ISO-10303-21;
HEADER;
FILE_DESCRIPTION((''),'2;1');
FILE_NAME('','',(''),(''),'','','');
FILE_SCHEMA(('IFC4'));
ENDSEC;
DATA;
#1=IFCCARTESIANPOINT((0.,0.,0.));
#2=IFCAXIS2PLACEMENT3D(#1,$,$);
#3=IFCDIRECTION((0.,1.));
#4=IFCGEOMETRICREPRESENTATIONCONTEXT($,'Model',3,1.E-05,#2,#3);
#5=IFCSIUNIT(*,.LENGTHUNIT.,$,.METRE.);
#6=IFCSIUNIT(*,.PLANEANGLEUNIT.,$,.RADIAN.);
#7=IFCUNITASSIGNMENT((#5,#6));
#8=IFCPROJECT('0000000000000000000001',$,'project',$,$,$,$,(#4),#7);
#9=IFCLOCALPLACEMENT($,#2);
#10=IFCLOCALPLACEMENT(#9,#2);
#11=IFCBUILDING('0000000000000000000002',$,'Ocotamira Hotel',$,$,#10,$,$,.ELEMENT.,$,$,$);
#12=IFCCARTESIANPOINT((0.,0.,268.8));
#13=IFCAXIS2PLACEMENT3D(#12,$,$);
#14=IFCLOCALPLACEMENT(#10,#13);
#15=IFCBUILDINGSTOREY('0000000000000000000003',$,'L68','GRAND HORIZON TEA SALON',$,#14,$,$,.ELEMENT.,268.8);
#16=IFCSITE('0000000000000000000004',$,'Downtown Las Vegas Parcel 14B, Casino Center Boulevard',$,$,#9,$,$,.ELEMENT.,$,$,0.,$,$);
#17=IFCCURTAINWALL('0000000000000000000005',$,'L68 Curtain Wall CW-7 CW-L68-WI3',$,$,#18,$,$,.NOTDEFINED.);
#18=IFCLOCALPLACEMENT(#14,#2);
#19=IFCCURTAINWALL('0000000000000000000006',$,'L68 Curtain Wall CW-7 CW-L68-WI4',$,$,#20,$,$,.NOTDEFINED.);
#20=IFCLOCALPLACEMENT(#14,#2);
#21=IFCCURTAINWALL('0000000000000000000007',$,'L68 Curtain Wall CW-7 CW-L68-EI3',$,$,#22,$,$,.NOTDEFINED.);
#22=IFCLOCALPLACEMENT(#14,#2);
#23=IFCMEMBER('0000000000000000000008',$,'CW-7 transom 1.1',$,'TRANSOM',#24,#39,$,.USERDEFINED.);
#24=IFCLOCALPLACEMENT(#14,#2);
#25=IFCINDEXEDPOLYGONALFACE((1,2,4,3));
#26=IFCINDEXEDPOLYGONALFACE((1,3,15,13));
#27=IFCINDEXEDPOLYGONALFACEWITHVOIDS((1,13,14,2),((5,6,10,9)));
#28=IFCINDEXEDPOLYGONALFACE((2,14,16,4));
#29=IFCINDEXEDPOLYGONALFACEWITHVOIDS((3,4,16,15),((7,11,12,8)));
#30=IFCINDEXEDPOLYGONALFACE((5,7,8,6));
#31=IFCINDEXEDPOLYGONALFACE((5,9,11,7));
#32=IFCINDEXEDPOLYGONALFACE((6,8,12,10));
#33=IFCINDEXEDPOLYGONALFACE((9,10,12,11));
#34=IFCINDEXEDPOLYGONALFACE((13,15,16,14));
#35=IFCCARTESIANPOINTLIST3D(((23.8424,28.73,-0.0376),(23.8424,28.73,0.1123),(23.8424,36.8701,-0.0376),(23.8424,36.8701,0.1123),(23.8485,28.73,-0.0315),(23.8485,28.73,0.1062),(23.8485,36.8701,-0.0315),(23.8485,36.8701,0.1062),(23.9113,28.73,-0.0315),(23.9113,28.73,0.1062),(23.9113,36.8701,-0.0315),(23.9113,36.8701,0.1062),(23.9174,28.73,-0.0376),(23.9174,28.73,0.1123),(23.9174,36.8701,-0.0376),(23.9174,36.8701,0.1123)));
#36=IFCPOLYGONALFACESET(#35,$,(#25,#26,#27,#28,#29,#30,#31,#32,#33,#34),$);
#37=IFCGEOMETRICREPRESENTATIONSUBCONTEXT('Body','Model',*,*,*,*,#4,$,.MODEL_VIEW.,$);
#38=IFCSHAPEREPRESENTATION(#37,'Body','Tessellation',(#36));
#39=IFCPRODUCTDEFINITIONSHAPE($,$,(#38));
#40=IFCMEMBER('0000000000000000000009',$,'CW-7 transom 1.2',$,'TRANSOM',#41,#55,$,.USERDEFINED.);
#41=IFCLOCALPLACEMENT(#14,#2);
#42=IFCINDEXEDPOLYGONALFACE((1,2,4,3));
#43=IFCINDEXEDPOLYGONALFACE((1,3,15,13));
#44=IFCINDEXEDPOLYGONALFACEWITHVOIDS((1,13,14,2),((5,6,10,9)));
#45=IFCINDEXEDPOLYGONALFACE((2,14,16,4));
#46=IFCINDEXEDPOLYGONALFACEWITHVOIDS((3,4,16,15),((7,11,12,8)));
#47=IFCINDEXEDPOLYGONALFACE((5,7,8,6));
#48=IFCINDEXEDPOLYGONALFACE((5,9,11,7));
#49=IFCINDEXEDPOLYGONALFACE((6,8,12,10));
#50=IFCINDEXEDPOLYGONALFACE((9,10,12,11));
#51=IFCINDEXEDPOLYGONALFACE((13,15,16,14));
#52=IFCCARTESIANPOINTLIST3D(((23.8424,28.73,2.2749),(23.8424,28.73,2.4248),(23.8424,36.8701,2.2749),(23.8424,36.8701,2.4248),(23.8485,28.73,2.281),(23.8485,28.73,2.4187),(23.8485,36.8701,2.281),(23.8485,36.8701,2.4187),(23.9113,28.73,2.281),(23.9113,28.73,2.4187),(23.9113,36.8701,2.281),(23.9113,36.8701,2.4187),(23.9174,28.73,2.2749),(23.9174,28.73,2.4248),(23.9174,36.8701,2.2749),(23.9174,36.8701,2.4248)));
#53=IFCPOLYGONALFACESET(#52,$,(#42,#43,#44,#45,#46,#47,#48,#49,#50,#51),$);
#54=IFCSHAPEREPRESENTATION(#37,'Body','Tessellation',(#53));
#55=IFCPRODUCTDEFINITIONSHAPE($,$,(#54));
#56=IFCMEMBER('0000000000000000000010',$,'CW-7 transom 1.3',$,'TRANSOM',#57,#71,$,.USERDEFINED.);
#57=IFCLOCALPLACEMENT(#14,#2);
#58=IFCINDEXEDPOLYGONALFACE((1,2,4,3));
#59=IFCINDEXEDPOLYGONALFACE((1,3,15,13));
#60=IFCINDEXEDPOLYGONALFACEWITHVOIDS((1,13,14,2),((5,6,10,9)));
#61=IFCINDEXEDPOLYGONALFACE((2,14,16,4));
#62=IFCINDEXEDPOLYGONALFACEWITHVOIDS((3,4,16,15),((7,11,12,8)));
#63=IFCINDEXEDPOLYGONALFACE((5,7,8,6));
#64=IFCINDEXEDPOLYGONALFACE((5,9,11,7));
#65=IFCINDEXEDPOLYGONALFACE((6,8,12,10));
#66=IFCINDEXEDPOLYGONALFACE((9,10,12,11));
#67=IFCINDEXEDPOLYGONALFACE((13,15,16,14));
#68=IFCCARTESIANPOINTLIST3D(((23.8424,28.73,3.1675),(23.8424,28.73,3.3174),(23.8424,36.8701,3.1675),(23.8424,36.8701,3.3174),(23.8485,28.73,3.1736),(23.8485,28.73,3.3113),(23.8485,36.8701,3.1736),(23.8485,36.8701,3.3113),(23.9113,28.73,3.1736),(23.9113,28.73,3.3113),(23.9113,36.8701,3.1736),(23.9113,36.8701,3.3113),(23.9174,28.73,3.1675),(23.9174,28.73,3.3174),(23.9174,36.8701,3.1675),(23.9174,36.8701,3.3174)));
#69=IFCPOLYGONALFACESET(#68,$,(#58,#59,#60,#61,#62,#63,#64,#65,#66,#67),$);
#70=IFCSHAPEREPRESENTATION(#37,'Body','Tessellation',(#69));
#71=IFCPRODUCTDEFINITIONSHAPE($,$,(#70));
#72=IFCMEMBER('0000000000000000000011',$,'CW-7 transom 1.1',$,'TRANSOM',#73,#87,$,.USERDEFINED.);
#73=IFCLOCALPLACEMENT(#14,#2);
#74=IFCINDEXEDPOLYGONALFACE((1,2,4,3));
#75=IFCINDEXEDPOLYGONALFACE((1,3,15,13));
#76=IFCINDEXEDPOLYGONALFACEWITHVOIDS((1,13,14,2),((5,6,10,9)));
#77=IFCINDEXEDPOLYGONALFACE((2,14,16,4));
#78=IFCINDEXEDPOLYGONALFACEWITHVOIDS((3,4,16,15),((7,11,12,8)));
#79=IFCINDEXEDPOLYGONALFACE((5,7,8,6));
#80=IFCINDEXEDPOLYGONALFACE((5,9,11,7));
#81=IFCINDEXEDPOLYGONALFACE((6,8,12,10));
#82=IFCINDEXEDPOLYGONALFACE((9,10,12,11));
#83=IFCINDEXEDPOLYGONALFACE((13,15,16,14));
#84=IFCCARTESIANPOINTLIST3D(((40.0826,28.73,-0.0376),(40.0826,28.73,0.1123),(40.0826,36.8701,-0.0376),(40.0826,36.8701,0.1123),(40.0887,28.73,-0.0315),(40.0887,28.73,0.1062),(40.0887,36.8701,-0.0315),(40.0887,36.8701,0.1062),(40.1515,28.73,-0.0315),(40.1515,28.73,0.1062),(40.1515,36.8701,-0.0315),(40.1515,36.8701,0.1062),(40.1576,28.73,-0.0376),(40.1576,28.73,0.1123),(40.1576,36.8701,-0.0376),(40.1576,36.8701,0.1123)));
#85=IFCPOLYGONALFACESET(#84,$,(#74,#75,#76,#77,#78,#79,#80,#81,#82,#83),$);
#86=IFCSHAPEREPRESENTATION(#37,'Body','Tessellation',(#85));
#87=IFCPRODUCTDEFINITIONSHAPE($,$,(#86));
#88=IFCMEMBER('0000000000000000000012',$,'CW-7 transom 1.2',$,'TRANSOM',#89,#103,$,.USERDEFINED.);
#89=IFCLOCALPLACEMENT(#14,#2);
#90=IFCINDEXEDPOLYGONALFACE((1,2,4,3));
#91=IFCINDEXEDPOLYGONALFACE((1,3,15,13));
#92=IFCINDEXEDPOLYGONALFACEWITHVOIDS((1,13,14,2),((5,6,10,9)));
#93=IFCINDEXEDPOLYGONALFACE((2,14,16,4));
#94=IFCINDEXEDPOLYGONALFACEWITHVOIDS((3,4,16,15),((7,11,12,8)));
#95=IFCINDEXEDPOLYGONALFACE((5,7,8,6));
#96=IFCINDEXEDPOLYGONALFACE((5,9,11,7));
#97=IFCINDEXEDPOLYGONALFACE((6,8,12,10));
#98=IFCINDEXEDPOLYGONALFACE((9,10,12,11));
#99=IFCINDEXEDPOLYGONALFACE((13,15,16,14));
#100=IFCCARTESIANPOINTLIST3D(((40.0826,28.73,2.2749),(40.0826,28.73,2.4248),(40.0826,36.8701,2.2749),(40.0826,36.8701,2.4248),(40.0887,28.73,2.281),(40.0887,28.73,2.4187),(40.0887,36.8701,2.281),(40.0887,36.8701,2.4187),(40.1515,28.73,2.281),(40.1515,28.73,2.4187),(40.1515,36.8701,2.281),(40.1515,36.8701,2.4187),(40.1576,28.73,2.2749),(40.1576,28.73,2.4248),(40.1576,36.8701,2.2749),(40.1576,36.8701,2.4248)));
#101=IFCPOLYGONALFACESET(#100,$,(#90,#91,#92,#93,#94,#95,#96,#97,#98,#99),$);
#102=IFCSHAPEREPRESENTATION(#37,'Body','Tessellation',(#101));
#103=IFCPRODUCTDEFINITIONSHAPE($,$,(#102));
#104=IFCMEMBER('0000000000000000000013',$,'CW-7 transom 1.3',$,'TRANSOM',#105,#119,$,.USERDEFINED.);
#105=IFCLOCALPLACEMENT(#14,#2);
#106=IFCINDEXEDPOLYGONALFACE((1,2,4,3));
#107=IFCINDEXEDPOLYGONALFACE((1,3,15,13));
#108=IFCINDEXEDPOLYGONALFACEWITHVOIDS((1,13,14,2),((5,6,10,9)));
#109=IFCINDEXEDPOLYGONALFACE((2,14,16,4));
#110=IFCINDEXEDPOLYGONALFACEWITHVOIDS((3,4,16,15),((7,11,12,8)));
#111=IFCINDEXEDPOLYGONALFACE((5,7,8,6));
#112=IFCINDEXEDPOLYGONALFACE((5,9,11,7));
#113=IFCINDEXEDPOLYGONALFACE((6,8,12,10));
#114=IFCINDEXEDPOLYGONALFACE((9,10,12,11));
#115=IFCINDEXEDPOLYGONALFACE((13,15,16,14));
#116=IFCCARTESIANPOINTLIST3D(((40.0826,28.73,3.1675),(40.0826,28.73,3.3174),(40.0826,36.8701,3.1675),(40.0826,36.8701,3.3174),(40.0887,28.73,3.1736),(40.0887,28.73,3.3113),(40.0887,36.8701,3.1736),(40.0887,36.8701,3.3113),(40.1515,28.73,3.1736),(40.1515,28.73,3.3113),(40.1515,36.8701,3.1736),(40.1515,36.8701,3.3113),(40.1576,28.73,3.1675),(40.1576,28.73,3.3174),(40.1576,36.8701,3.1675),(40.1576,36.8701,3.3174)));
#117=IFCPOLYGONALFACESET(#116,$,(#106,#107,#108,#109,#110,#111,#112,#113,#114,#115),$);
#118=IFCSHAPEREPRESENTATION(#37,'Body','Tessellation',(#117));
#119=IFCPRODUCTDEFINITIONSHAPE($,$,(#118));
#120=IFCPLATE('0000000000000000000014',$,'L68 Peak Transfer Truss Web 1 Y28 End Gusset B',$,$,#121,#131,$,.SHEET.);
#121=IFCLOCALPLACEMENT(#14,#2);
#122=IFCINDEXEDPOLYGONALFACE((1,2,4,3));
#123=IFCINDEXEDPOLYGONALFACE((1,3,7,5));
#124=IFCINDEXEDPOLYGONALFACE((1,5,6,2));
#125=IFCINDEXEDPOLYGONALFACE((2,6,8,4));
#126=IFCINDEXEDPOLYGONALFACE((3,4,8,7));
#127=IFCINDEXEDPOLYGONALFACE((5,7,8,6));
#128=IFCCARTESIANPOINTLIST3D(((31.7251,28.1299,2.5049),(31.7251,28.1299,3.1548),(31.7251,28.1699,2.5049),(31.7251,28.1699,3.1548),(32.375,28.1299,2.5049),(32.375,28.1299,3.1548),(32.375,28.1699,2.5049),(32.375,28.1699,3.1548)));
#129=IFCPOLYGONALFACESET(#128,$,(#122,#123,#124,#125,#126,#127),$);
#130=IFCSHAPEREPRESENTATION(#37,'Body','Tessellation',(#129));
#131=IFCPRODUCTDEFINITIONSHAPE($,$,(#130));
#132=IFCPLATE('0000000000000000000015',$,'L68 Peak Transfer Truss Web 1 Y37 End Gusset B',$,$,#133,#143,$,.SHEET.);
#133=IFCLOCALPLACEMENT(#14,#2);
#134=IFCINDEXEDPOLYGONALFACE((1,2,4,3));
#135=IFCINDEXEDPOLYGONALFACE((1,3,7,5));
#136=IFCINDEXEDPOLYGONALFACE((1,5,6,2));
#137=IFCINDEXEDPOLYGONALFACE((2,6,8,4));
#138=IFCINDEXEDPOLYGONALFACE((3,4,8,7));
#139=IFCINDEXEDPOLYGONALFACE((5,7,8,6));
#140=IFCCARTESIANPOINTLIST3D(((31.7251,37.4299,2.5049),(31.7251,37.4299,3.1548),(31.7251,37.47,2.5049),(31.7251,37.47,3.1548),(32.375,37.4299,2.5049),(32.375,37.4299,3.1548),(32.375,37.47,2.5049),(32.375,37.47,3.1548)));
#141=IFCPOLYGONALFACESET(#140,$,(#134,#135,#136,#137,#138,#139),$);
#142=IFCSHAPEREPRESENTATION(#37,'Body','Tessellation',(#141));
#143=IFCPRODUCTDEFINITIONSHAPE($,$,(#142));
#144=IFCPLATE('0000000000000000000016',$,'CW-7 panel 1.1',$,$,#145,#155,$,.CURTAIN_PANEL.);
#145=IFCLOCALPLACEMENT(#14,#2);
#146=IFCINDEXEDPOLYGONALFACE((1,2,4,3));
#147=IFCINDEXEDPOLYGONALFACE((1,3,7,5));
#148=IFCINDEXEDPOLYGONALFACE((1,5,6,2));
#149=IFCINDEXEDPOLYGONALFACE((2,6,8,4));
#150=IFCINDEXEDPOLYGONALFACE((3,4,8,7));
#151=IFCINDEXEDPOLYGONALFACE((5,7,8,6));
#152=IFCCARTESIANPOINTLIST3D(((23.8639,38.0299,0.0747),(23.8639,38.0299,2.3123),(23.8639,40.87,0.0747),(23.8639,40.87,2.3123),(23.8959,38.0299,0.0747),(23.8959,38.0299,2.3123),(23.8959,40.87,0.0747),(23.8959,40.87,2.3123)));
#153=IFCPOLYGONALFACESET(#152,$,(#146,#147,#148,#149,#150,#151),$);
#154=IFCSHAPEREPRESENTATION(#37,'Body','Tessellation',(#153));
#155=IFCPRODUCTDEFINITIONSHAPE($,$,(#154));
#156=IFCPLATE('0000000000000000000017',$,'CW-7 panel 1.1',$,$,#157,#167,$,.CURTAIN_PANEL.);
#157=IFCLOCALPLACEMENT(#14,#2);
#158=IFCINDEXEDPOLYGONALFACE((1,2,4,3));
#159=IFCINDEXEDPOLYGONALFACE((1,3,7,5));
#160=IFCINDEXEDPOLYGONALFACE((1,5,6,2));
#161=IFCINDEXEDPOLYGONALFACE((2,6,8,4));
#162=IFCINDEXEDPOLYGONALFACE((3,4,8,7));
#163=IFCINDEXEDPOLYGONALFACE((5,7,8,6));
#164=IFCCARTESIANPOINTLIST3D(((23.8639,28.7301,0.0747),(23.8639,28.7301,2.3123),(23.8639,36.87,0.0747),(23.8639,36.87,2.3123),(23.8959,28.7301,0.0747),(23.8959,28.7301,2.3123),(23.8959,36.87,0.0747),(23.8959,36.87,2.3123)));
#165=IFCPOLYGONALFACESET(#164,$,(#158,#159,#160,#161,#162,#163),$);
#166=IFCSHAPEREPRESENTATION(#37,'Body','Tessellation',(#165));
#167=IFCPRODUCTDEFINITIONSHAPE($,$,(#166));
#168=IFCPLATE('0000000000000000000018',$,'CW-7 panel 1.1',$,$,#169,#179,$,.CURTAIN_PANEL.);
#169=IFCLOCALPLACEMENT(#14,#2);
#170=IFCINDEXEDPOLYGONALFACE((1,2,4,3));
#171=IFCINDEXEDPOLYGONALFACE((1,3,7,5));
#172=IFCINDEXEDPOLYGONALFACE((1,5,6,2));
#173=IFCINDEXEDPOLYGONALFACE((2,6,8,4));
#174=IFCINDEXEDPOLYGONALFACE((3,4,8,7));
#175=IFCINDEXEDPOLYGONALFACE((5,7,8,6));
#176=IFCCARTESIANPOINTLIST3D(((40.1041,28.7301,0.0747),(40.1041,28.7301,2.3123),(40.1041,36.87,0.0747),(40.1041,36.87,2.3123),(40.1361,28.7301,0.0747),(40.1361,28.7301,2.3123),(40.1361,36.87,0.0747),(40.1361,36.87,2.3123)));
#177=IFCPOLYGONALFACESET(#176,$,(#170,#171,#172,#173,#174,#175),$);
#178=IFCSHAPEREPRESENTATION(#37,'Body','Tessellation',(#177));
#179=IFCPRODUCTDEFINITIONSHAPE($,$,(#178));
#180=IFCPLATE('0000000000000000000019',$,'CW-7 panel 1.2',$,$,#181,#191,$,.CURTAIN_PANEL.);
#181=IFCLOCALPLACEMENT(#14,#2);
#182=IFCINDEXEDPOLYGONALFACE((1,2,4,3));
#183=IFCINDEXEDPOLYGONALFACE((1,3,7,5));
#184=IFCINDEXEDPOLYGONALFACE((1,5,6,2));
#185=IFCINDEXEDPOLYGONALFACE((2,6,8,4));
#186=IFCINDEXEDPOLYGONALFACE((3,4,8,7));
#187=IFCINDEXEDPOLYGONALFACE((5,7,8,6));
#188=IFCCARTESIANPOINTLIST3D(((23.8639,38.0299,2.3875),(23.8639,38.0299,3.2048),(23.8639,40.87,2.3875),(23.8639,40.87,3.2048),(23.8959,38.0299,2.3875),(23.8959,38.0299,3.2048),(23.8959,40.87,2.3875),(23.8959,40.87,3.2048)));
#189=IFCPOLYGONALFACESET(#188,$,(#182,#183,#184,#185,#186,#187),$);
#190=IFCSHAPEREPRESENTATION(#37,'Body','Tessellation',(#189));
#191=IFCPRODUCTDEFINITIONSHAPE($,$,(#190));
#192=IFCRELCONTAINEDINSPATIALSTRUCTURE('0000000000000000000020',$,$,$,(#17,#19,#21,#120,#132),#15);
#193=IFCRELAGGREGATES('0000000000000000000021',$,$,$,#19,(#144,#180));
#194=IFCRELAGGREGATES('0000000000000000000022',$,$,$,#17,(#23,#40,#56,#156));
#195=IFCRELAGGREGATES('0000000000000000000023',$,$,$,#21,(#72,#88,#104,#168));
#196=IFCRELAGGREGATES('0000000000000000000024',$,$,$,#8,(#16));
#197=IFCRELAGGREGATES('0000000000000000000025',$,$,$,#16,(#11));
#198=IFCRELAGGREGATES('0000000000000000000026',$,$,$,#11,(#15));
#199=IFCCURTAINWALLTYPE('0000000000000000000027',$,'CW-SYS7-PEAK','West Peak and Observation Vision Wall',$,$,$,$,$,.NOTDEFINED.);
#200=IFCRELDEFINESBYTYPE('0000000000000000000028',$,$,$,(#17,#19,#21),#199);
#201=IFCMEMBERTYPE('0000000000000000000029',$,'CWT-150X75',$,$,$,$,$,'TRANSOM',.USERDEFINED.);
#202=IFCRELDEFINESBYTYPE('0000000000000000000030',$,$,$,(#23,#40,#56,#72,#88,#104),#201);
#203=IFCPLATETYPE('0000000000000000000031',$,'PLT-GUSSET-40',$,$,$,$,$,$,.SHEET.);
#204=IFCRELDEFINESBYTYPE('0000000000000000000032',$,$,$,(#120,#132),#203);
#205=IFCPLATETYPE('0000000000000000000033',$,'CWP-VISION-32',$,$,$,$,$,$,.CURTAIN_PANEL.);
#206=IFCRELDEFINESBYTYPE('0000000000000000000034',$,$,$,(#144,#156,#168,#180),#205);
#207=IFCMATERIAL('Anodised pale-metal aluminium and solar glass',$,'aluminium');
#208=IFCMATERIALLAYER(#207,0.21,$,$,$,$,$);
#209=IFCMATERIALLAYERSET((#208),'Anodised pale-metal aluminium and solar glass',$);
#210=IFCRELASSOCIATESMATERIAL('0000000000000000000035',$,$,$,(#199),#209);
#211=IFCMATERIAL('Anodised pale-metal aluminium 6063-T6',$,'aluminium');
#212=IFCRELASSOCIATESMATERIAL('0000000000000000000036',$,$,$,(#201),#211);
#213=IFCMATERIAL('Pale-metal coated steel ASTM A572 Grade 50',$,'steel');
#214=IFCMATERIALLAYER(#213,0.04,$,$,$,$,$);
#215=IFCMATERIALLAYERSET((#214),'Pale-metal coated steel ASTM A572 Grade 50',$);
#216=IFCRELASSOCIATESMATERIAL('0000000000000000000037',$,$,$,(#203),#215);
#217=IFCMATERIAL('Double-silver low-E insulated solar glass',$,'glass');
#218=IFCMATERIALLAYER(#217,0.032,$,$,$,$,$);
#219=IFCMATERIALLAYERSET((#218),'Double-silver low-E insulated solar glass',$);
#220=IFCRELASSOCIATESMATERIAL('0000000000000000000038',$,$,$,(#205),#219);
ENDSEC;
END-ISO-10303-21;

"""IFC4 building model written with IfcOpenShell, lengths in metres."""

from ifc_helpers import new_model, si_unit, direction, frame, origin, origin_2d, place, context, subcontext, project, spatial, rectangle, hollow_rectangle, extrude, source, transform, mapped, material, layer, layer_set, material_profile, profile_set, type_object, element, aggregate, save


model = new_model("IFC4")

# Units and contexts
model_context = context("Model", 3, precision=1e-05, world=origin(), true_north=direction((0.0, 1.0)))
body_context = subcontext(model_context, "Body", "Model", "MODEL_VIEW")
ifc_project = project(units=[si_unit("LENGTHUNIT", "METRE"), si_unit("PLANEANGLEUNIT", "RADIAN")], contexts=[model_context])

# Site, building, storey
site_placement = place(None, origin())
site = spatial("IfcSite", under=ifc_project, at=site_placement, Name="Downtown Las Vegas Parcel 14B, Casino Center Boulevard", CompositionType="ELEMENT", RefElevation=0.0)
building_placement = place(site_placement, origin())
building = spatial("IfcBuilding", under=site, at=building_placement, Name="Ocotamira Hotel", CompositionType="ELEMENT")
storey_placement = place(building_placement, frame((0.0, 0.0, 268.8)))
storey = spatial("IfcBuildingStorey", under=building, at=storey_placement, Name="L68", Description="GRAND HORIZON TEA SALON", CompositionType="ELEMENT", Elevation=268.8)

# Curtain walls
ifc_material_1 = material(Name="Anodised pale-metal aluminium and solar glass", Category="aluminium")
ifc_layer_1 = layer(ifc_material_1, 0.21)
ifc_layer_set_1 = layer_set([ifc_layer_1], Name="Anodised pale-metal aluminium and solar glass")
curtain_wall_type = type_object("IfcCurtainWallType", Name="CW-SYS7-PEAK", Description="West Peak and Observation Vision Wall", PredefinedType="NOTDEFINED", material=ifc_layer_set_1)
curtain_wall_1_placement = place(storey_placement, origin())
curtain_wall_1 = element("IfcCurtainWall", 1, at=curtain_wall_1_placement, inside=storey, type_object=curtain_wall_type, Name="L68 Curtain Wall CW-7 CW-L68-WI3", PredefinedType="NOTDEFINED")
ifc_material_2 = material(Name="Anodised pale-metal aluminium 6063-T6", Category="aluminium")
curtain_wall_2_placement = place(storey_placement, origin())
curtain_wall_2 = element("IfcCurtainWall", 2, at=curtain_wall_2_placement, inside=storey, type_object=curtain_wall_type, Name="L68 Curtain Wall CW-7 CW-L68-WI4", PredefinedType="NOTDEFINED")

# Curtain wall
curtain_wall_3_placement = place(storey_placement, origin())
curtain_wall_3 = element("IfcCurtainWall", 3, at=curtain_wall_3_placement, inside=storey, type_object=curtain_wall_type, Name="L68 Curtain Wall CW-7 CW-L68-EI3", PredefinedType="NOTDEFINED")

# Members
ifc_material_profile_1 = material_profile(ifc_material_2, hollow_rectangle(XDim=0.075, YDim=0.1499, WallThickness=0.0061, at=origin_2d()), Name="HSS150X75X6")
ifc_profile_set_1 = profile_set([ifc_material_profile_1], Name="Anodised pale-metal aluminium 6063-T6")
member_type_1 = type_object("IfcMemberType", Name="CWT-150X75", ElementType="TRANSOM", PredefinedType="USERDEFINED", material=ifc_profile_set_1)
shared_shape_1 = source(origin(), body_context, "Body", "SweptSolid", [
    extrude(hollow_rectangle(XDim=0.075, YDim=0.1499, WallThickness=0.0061, at=origin_2d()), origin(), (0.0, 0.0, 1.0), 8.1401),
])
member_1_placement = place(storey_placement, frame((23.8799, 28.73, 0.0374), z_axis=(0.0, 1.0, 0.0), x_axis=(-1.0, 0.0, 0.0)))
member_1 = element("IfcMember", 4, at=member_1_placement, type_object=member_type_1, Name="CW-7 transom 1.1", ObjectType="TRANSOM", PredefinedType="USERDEFINED", context=body_context, shape_type="MappedRepresentation", body=[
    mapped(shared_shape_1, transform((0.0, 0.0, 0.0), scale=1.0)),
])
member_2_placement = place(storey_placement, frame((23.8799, 28.73, 2.3499), z_axis=(0.0, 1.0, 0.0), x_axis=(-1.0, 0.0, 0.0)))
member_2 = element("IfcMember", 5, at=member_2_placement, type_object=member_type_1, Name="CW-7 transom 1.2", ObjectType="TRANSOM", PredefinedType="USERDEFINED", context=body_context, shape_type="MappedRepresentation", body=[
    mapped(shared_shape_1, transform((0.0, 0.0, 0.0), scale=1.0)),
])
member_3_placement = place(storey_placement, frame((23.8799, 28.73, 3.2424), z_axis=(0.0, 1.0, 0.0), x_axis=(-1.0, 0.0, 0.0)))
member_3 = element("IfcMember", 6, at=member_3_placement, type_object=member_type_1, Name="CW-7 transom 1.3", ObjectType="TRANSOM", PredefinedType="USERDEFINED", context=body_context, shape_type="MappedRepresentation", body=[
    mapped(shared_shape_1, transform((0.0, 0.0, 0.0), scale=1.0)),
])
member_4_placement = place(storey_placement, frame((40.1201, 28.73, 0.0374), z_axis=(0.0, 1.0, 0.0), x_axis=(-1.0, 0.0, 0.0)))
member_4 = element("IfcMember", 7, at=member_4_placement, type_object=member_type_1, Name="CW-7 transom 1.1", ObjectType="TRANSOM", PredefinedType="USERDEFINED", context=body_context, shape_type="MappedRepresentation", body=[
    mapped(shared_shape_1, transform((0.0, 0.0, 0.0), scale=1.0)),
])
member_5_placement = place(storey_placement, frame((40.1201, 28.73, 2.3499), z_axis=(0.0, 1.0, 0.0), x_axis=(-1.0, 0.0, 0.0)))
member_5 = element("IfcMember", 8, at=member_5_placement, type_object=member_type_1, Name="CW-7 transom 1.2", ObjectType="TRANSOM", PredefinedType="USERDEFINED", context=body_context, shape_type="MappedRepresentation", body=[
    mapped(shared_shape_1, transform((0.0, 0.0, 0.0), scale=1.0)),
])
member_6_placement = place(storey_placement, frame((40.1201, 28.73, 3.2424), z_axis=(0.0, 1.0, 0.0), x_axis=(-1.0, 0.0, 0.0)))
member_6 = element("IfcMember", 9, at=member_6_placement, type_object=member_type_1, Name="CW-7 transom 1.3", ObjectType="TRANSOM", PredefinedType="USERDEFINED", context=body_context, shape_type="MappedRepresentation", body=[
    mapped(shared_shape_1, transform((0.0, 0.0, 0.0), scale=1.0)),
])

# Plates
ifc_material_3 = material(Name="Pale-metal coated steel ASTM A572 Grade 50", Category="steel")
ifc_layer_2 = layer(ifc_material_3, 0.04)
ifc_layer_set_2 = layer_set([ifc_layer_2], Name="Pale-metal coated steel ASTM A572 Grade 50")
plate_type_1 = type_object("IfcPlateType", Name="PLT-GUSSET-40", PredefinedType="SHEET", material=ifc_layer_set_2)
shared_shape_2 = source(origin(), body_context, "Body", "SweptSolid", [
    extrude(rectangle(XDim=0.6499, YDim=0.04, at=origin_2d()), origin(), (0.0, 0.0, 1.0), 0.6499),
])
for number, where, z_axis, x_axis, name in (
    (10, (32.05, 28.1499, 2.5049), (0.0, 0.0, 1.0), (1.0, 0.0, 0.0), "L68 Peak Transfer Truss Web 1 Y28 End Gusset B"),
    (11, (32.05, 37.45, 2.5049), (0.0, 0.0, 1.0), (1.0, 0.0, 0.0), "L68 Peak Transfer Truss Web 1 Y37 End Gusset B"),
):
    element("IfcPlate", number, at=place(storey_placement, frame(where, z_axis=z_axis, x_axis=x_axis)), inside=storey, type_object=plate_type_1, Name=name, PredefinedType="SHEET", context=body_context, shape_type="MappedRepresentation", body=[
        mapped(shared_shape_2, transform((0.0, 0.0, 0.0), scale=1.0)),
    ])

# Plates
ifc_material_4 = material(Name="Double-silver low-E insulated solar glass", Category="glass")
ifc_layer_3 = layer(ifc_material_4, 0.032)
ifc_layer_set_3 = layer_set([ifc_layer_3], Name="Double-silver low-E insulated solar glass")
plate_type_2 = type_object("IfcPlateType", Name="CWP-VISION-32", PredefinedType="CURTAIN_PANEL", material=ifc_layer_set_3)
shared_shape_3 = source(origin(), body_context, "Body", "SweptSolid", [
    extrude(rectangle(XDim=2.8401, YDim=0.032, at=origin_2d()), origin(), (0.0, 0.0, 1.0), 2.2375),
])
plate_1_placement = place(storey_placement, frame((23.8799, 39.45, 0.0747), z_axis=(0.0, 0.0, 1.0), x_axis=(0.0, 1.0, 0.0)))
plate_1 = element("IfcPlate", 12, at=plate_1_placement, type_object=plate_type_2, Name="CW-7 panel 1.1", PredefinedType="CURTAIN_PANEL", context=body_context, shape_type="MappedRepresentation", body=[
    mapped(shared_shape_3, transform((0.0, 0.0, 0.0), scale=1.0)),
])
shared_shape_4 = source(origin(), body_context, "Body", "SweptSolid", [
    extrude(rectangle(XDim=8.1399, YDim=0.032, at=origin_2d()), origin(), (0.0, 0.0, 1.0), 2.2375),
])
plate_2_placement = place(storey_placement, frame((23.8799, 32.8, 0.0747), z_axis=(0.0, 0.0, 1.0), x_axis=(0.0, 1.0, 0.0)))
plate_2 = element("IfcPlate", 13, at=plate_2_placement, type_object=plate_type_2, Name="CW-7 panel 1.1", PredefinedType="CURTAIN_PANEL", context=body_context, shape_type="MappedRepresentation", body=[
    mapped(shared_shape_4, transform((0.0, 0.0, 0.0), scale=1.0)),
])
plate_3_placement = place(storey_placement, frame((40.1201, 32.8, 0.0747), z_axis=(0.0, 0.0, 1.0), x_axis=(0.0, 1.0, 0.0)))
plate_3 = element("IfcPlate", 14, at=plate_3_placement, type_object=plate_type_2, Name="CW-7 panel 1.1", PredefinedType="CURTAIN_PANEL", context=body_context, shape_type="MappedRepresentation", body=[
    mapped(shared_shape_4, transform((0.0, 0.0, 0.0), scale=1.0)),
])
shared_shape_5 = source(origin(), body_context, "Body", "SweptSolid", [
    extrude(rectangle(XDim=2.8401, YDim=0.032, at=origin_2d()), origin(), (0.0, 0.0, 1.0), 0.8174),
])
plate_4_placement = place(storey_placement, frame((23.8799, 39.45, 2.3875), z_axis=(0.0, 0.0, 1.0), x_axis=(0.0, 1.0, 0.0)))
plate_4 = element("IfcPlate", 15, at=plate_4_placement, type_object=plate_type_2, Name="CW-7 panel 1.2", PredefinedType="CURTAIN_PANEL", context=body_context, shape_type="MappedRepresentation", body=[
    mapped(shared_shape_5, transform((0.0, 0.0, 0.0), scale=1.0)),
])
aggregate(curtain_wall_2, [plate_1, plate_4])
aggregate(curtain_wall_1, [member_1, member_2, member_3, plate_2])
aggregate(curtain_wall_3, [member_4, member_5, member_6, plate_3])

save(model, "model.ifc")
